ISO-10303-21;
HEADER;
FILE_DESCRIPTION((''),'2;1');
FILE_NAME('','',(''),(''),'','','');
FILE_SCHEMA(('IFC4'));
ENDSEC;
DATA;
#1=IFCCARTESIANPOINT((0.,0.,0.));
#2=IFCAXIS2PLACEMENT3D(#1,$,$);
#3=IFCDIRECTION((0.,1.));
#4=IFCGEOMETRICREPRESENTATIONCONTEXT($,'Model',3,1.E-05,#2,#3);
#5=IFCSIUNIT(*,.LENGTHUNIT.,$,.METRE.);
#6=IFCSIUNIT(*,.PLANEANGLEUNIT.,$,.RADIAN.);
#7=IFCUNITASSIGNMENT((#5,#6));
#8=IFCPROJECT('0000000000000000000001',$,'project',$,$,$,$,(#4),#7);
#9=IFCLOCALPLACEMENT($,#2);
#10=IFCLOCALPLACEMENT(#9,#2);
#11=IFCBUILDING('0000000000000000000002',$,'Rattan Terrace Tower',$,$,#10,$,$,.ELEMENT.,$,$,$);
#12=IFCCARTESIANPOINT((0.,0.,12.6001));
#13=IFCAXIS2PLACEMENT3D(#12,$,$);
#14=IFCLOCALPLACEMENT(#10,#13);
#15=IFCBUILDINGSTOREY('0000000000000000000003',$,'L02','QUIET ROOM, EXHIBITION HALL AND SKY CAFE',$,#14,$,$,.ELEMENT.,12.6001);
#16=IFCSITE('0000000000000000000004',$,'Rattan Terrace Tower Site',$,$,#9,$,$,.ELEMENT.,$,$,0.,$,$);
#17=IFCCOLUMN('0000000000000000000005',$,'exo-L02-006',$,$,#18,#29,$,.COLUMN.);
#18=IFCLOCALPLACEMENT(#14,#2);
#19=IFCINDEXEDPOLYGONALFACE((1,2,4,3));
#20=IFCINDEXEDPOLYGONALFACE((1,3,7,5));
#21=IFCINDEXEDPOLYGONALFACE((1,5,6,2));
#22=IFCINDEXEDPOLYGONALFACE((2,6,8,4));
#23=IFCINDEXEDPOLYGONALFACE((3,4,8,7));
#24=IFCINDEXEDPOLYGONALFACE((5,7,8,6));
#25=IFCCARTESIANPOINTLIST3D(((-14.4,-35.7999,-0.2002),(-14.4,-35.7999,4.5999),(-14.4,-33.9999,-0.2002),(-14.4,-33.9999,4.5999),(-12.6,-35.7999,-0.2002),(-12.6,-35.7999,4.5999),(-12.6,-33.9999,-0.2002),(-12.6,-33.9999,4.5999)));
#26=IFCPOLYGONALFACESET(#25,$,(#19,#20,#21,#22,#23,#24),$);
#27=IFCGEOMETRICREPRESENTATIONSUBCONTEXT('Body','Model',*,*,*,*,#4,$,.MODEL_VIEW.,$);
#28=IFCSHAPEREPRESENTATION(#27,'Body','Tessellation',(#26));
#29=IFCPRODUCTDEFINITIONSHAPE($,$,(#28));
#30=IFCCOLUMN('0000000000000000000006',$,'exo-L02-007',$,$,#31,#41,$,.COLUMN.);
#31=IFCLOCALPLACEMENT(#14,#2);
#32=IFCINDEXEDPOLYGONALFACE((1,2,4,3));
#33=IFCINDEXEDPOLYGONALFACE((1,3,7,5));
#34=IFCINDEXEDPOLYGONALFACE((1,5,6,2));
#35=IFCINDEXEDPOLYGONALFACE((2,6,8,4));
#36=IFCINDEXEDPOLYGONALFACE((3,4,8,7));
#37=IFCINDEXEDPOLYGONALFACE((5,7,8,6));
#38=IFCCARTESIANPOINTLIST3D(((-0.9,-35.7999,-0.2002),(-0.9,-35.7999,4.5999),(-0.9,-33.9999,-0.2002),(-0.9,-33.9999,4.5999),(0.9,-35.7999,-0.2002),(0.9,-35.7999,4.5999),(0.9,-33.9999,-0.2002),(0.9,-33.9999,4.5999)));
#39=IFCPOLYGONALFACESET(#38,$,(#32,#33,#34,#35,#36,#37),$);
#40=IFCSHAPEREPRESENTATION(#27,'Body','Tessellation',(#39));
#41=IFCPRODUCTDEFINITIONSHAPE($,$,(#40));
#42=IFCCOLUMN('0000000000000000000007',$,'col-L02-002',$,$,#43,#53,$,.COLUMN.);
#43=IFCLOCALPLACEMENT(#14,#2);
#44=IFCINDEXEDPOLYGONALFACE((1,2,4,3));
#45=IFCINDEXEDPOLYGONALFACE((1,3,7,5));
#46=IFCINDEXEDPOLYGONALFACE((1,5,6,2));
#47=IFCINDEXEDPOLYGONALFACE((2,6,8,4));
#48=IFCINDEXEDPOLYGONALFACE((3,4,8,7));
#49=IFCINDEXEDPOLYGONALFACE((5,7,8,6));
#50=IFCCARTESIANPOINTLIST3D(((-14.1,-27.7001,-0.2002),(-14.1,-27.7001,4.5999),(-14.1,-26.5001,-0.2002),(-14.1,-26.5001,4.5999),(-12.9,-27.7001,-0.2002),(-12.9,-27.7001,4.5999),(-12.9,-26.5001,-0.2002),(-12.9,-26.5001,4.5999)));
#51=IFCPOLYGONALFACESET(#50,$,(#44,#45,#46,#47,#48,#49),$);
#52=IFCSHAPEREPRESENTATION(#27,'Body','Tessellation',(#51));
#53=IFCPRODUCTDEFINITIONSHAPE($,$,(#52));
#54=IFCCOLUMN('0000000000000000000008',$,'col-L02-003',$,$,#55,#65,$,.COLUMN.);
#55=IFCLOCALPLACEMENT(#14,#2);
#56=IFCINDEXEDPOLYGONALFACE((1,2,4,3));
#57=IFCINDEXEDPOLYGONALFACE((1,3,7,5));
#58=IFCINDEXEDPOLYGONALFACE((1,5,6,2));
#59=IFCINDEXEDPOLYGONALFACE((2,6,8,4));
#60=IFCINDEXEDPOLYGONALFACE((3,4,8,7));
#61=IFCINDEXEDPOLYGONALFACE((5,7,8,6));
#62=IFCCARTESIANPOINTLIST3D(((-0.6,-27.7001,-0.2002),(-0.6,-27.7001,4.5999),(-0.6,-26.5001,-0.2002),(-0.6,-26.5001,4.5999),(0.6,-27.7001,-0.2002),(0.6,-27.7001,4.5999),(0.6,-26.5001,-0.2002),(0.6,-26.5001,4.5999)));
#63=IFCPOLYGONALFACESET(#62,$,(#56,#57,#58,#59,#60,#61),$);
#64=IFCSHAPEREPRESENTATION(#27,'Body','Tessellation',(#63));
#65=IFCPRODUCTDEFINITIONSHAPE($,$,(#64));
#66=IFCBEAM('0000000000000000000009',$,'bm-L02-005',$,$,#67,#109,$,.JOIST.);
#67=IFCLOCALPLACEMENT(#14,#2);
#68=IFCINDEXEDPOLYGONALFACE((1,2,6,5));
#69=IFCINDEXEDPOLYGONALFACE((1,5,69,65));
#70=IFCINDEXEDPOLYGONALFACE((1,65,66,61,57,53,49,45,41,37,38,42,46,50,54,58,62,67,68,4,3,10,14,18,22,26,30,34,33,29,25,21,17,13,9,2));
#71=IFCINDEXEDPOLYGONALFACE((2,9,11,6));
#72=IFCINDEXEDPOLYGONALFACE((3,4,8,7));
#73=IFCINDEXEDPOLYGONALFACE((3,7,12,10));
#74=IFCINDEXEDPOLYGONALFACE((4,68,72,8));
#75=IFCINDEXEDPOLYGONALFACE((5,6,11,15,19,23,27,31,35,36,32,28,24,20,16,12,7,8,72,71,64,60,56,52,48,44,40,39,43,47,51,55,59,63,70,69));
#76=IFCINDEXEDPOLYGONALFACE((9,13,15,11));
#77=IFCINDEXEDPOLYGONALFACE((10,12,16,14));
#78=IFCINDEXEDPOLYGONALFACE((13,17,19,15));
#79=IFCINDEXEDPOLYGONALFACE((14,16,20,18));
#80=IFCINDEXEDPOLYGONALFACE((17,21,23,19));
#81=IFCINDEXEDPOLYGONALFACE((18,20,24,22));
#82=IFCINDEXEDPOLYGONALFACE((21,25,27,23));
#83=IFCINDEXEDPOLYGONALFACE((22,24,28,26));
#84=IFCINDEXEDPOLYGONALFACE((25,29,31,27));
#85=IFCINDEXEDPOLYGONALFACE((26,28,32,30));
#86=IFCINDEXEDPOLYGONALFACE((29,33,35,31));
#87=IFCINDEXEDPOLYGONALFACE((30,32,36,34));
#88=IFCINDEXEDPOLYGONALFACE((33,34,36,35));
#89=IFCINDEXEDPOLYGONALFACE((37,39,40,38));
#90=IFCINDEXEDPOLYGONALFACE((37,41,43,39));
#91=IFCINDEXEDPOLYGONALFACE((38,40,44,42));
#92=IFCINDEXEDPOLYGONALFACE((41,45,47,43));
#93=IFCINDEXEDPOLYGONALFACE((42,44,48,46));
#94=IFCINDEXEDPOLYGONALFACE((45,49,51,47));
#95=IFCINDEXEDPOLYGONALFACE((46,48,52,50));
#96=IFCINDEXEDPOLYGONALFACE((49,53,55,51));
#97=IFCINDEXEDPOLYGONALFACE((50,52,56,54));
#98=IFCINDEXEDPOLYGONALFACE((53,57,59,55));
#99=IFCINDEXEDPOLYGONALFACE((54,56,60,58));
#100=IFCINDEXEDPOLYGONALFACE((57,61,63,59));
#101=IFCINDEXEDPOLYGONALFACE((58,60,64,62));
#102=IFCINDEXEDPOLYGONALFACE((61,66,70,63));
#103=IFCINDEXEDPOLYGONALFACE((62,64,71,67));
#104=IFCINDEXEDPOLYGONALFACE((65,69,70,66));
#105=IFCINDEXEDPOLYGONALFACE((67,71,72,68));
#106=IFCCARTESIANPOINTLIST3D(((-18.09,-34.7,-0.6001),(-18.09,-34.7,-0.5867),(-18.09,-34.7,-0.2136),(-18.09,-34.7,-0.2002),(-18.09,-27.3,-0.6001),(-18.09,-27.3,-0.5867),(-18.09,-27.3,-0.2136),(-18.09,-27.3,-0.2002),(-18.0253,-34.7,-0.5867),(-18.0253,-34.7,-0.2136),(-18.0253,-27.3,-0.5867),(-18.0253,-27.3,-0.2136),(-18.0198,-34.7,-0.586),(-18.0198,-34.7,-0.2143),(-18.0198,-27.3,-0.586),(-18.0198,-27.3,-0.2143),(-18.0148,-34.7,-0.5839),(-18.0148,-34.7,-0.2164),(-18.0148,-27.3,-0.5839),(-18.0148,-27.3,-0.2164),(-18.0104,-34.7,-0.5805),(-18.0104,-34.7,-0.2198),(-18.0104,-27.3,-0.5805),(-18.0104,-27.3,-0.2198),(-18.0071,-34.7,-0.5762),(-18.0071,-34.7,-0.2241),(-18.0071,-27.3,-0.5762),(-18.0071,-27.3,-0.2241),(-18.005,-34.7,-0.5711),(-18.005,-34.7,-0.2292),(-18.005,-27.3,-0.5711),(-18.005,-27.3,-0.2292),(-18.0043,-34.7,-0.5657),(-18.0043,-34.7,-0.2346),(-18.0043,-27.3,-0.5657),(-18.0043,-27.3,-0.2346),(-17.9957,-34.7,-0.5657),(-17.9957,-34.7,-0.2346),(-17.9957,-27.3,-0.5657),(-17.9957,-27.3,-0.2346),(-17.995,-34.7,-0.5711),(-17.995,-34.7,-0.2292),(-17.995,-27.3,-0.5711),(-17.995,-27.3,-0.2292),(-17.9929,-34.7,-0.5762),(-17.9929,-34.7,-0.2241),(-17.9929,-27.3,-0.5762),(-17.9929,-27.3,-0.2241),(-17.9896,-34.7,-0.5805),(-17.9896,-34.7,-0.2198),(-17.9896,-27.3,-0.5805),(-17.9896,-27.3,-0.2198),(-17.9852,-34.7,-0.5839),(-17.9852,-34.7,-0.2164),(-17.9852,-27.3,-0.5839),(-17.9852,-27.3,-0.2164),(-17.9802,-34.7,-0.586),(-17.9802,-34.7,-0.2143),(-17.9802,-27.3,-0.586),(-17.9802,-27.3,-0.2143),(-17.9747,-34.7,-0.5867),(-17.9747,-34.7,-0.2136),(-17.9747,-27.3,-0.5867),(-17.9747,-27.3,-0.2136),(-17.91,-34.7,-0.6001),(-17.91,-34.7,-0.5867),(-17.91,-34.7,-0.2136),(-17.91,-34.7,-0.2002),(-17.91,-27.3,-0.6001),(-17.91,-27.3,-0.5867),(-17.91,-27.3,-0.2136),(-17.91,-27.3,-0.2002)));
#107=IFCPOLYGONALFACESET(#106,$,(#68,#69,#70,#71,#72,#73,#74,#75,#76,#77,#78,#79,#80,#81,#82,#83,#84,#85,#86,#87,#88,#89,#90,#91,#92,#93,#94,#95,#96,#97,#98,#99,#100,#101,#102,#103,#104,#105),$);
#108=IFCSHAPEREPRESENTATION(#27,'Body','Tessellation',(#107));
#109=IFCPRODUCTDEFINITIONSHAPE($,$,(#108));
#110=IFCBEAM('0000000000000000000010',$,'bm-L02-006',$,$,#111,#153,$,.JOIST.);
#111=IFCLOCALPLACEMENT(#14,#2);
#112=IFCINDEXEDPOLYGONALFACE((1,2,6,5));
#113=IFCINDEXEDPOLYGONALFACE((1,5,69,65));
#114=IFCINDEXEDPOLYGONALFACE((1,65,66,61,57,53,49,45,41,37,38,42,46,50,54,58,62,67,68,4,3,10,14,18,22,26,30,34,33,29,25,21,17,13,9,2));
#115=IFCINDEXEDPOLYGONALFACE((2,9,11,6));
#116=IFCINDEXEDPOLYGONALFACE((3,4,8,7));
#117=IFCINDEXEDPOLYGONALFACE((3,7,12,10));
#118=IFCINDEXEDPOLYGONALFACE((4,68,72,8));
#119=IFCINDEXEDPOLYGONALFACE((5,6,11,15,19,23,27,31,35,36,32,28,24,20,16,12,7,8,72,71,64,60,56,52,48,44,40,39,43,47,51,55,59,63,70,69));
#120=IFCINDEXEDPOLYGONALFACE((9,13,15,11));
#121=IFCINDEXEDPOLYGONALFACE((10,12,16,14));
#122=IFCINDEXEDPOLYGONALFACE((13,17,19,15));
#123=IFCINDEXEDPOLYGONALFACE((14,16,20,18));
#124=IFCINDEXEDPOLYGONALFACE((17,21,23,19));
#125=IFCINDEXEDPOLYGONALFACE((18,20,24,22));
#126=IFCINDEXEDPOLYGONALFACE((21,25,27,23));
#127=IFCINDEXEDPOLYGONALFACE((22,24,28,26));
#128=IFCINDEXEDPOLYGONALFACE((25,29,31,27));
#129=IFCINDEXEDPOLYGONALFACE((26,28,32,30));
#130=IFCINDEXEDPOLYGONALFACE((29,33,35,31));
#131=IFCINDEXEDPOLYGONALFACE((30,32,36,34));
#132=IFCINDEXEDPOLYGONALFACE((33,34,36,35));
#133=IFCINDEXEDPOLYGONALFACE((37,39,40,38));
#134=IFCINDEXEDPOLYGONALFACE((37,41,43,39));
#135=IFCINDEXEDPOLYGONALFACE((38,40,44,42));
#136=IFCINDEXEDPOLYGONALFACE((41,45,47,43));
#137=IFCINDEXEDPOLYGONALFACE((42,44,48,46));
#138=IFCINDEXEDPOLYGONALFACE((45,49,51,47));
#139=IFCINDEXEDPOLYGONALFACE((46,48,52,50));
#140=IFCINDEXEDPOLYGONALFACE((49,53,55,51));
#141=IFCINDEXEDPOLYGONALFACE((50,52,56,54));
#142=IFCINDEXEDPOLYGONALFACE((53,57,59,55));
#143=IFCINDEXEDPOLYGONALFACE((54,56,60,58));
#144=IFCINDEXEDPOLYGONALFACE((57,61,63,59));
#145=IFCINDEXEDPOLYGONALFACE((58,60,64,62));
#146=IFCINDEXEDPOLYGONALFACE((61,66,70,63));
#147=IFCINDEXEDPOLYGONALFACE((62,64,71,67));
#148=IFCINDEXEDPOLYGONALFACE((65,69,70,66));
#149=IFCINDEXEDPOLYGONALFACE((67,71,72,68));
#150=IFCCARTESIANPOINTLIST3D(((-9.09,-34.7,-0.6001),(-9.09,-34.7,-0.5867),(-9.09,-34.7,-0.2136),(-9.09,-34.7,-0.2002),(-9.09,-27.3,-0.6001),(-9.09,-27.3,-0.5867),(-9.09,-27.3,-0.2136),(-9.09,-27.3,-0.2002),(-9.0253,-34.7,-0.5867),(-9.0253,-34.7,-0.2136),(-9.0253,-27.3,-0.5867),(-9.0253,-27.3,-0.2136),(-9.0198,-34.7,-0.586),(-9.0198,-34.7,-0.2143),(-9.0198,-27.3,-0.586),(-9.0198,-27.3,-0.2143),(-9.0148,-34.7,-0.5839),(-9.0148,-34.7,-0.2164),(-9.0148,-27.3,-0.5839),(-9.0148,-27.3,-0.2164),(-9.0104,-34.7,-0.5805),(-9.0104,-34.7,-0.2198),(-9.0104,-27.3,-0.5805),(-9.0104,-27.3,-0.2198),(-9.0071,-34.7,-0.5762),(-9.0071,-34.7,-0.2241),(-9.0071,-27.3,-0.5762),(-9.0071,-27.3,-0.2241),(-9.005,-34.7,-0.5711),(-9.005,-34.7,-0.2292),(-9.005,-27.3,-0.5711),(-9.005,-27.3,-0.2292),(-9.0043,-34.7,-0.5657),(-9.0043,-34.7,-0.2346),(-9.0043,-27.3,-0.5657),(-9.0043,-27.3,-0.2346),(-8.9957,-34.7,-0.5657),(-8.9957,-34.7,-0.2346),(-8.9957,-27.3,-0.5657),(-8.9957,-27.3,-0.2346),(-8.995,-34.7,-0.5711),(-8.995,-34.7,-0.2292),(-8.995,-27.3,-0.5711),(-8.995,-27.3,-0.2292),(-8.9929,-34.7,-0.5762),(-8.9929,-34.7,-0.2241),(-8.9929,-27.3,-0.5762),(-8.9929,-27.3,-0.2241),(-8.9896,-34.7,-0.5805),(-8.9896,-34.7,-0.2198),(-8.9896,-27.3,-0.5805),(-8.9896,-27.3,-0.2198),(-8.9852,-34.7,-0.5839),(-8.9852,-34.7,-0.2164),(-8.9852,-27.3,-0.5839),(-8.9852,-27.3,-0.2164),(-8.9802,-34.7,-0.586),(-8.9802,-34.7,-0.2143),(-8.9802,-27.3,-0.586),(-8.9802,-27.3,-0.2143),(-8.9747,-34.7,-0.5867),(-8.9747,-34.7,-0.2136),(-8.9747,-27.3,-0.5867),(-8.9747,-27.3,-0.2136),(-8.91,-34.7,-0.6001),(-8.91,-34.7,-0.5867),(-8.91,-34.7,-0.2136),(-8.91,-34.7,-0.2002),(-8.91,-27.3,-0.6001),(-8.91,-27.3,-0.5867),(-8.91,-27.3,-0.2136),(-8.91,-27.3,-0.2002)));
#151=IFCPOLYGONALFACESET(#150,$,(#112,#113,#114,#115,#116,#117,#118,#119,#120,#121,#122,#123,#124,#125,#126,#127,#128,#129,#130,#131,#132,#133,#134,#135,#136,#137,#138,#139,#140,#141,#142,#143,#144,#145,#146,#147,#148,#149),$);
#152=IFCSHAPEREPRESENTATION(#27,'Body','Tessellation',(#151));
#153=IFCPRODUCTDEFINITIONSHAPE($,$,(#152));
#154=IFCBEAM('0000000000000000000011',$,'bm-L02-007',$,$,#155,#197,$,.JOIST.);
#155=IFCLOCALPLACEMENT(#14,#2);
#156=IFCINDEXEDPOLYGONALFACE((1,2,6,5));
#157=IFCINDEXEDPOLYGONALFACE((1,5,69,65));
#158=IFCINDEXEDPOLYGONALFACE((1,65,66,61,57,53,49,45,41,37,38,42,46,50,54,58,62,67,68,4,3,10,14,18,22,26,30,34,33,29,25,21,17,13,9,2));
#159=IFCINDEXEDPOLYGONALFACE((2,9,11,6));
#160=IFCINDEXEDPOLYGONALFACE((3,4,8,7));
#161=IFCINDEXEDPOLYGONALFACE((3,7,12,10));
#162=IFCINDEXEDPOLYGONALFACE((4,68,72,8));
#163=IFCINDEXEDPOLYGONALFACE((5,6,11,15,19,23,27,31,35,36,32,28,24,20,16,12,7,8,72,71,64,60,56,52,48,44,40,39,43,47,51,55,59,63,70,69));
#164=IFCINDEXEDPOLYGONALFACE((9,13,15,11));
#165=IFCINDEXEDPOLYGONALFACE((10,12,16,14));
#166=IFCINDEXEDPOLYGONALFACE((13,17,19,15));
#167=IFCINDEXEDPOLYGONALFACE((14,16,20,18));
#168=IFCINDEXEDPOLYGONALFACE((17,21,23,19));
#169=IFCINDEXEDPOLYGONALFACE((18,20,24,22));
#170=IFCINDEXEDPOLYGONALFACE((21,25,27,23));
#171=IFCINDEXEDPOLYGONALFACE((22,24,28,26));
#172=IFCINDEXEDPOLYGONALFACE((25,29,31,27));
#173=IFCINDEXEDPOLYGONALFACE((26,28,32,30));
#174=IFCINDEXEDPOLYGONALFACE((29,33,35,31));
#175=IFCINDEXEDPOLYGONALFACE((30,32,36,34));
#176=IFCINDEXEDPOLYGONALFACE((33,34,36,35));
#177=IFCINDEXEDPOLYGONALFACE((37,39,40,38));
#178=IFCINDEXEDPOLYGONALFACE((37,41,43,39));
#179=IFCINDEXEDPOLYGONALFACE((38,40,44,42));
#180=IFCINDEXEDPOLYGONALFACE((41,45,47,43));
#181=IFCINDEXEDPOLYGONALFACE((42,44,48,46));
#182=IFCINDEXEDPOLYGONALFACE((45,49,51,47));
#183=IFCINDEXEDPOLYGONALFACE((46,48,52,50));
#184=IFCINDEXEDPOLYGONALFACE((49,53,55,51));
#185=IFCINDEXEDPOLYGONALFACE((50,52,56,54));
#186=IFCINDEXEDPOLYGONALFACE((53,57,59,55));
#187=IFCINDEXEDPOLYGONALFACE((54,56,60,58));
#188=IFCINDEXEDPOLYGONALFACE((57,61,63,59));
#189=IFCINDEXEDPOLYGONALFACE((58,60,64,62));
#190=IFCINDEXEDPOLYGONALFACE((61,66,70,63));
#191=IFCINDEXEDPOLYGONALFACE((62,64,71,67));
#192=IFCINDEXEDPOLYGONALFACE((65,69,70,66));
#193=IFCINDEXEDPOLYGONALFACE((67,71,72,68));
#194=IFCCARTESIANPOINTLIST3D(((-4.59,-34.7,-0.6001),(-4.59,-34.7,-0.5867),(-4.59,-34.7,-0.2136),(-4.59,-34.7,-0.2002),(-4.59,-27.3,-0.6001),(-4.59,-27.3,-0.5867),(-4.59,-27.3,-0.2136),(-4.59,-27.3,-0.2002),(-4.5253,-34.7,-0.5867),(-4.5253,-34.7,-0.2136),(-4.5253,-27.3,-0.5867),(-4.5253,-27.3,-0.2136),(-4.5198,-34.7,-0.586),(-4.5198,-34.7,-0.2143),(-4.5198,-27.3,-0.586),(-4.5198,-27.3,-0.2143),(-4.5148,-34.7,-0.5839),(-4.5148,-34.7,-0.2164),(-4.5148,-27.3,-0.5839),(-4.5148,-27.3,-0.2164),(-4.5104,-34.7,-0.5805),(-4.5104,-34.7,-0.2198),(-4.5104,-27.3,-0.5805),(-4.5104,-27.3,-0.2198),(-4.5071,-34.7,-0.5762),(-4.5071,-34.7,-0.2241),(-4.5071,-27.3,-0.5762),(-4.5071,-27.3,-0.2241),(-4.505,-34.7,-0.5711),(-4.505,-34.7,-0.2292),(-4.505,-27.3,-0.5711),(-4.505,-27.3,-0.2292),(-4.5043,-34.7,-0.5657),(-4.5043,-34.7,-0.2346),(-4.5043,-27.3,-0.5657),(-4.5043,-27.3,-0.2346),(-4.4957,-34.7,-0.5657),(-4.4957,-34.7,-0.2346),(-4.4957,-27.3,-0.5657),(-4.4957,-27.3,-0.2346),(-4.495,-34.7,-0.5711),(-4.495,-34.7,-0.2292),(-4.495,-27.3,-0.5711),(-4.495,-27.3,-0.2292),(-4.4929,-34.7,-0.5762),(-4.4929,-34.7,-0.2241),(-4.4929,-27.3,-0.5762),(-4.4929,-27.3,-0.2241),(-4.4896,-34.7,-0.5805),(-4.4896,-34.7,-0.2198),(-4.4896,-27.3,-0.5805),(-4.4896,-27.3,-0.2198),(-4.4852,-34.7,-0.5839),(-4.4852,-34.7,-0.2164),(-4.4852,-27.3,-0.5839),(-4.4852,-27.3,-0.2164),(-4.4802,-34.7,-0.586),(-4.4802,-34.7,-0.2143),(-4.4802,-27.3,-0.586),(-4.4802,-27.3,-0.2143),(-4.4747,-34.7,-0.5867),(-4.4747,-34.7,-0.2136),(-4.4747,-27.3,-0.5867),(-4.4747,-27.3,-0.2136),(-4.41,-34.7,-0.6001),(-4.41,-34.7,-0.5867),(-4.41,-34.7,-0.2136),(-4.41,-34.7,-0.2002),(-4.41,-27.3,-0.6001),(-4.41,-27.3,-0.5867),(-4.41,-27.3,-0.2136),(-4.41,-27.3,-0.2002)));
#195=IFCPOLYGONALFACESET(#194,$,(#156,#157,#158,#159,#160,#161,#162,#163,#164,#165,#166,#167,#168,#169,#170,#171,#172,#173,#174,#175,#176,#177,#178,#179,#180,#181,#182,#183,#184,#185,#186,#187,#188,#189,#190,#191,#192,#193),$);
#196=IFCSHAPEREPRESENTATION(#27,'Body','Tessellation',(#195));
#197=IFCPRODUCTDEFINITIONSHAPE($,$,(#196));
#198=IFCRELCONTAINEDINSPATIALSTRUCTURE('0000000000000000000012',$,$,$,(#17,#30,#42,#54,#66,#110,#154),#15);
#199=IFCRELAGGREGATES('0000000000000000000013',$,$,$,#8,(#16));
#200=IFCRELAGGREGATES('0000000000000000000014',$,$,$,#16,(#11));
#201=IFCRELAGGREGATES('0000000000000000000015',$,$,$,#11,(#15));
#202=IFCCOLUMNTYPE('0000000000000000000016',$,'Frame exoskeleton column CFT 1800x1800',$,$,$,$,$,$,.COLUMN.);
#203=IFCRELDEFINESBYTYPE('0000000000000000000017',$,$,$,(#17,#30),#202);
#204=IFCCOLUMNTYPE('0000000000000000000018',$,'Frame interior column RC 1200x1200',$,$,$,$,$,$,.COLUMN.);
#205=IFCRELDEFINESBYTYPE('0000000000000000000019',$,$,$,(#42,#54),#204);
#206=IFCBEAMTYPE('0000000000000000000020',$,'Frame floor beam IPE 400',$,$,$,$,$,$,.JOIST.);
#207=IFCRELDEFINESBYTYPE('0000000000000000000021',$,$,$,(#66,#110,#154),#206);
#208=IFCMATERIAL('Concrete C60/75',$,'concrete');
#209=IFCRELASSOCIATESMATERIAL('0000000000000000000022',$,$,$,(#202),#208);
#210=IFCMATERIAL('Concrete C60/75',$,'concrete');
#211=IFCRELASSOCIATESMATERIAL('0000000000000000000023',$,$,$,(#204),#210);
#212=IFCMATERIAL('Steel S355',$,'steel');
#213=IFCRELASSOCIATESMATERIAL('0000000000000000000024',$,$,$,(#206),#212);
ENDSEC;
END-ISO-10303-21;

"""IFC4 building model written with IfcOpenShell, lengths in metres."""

from ifc_helpers import new_model, si_unit, direction, frame, origin, origin_2d, place, context, subcontext, project, spatial, rectangle, i_section, extrude, material, material_profile, profile_set, type_object, element, save


model = new_model("IFC4")

# Units and contexts
model_context = context("Model", 3, precision=1e-05, world=origin(), true_north=direction((0.0, 1.0)))
body_context = subcontext(model_context, "Body", "Model", "MODEL_VIEW")
ifc_project = project(units=[si_unit("LENGTHUNIT", "METRE"), si_unit("PLANEANGLEUNIT", "RADIAN")], contexts=[model_context])

# Site, building, storey
site_placement = place(None, origin())
site = spatial("IfcSite", under=ifc_project, at=site_placement, Name="Rattan Terrace Tower Site", CompositionType="ELEMENT", RefElevation=0.0)
building_placement = place(site_placement, origin())
building = spatial("IfcBuilding", under=site, at=building_placement, Name="Rattan Terrace Tower", CompositionType="ELEMENT")
storey_placement = place(building_placement, frame((0.0, 0.0, 12.6001)))
storey = spatial("IfcBuildingStorey", under=building, at=storey_placement, Name="L02", Description="QUIET ROOM, EXHIBITION HALL AND SKY CAFE", CompositionType="ELEMENT", Elevation=12.6001)

# Columns
ifc_material_1 = material(Name="Concrete C60/75", Category="concrete")
ifc_material_profile_1 = material_profile(ifc_material_1, rectangle(XDim=1.8, YDim=1.8, at=origin_2d()), Name="CFT 1800x1800")
ifc_profile_set_1 = profile_set([ifc_material_profile_1], Name="Concrete C60/75")
column_type_1 = type_object("IfcColumnType", Name="Frame exoskeleton column CFT 1800x1800", PredefinedType="COLUMN", material=ifc_profile_set_1)
for number, where, z_axis, x_axis, name in (
    (1, (-13.5, -34.8999, -0.2002), (0.0, 0.0, 1.0), (1.0, 0.0, 0.0), "exo-L02-006"),
    (2, (0.0, -34.8999, -0.2002), (0.0, 0.0, 1.0), (1.0, 0.0, 0.0), "exo-L02-007"),
):
    element("IfcColumn", number, at=place(storey_placement, frame(where, z_axis=z_axis, x_axis=x_axis)), inside=storey, type_object=column_type_1, Name=name, PredefinedType="COLUMN", context=body_context, shape_type="SweptSolid", body=[
        extrude(rectangle(XDim=1.8, YDim=1.8, at=origin_2d()), origin(), (0.0, 0.0, 1.0), 4.8),
    ])
ifc_material_2 = material(Name="Concrete C60/75", Category="concrete")
ifc_material_profile_2 = material_profile(ifc_material_2, rectangle(XDim=1.2, YDim=1.2, at=origin_2d()), Name="RC 1200x1200")
ifc_profile_set_2 = profile_set([ifc_material_profile_2], Name="Concrete C60/75")
column_type_2 = type_object("IfcColumnType", Name="Frame interior column RC 1200x1200", PredefinedType="COLUMN", material=ifc_profile_set_2)
for number, where, z_axis, x_axis, name in (
    (3, (-13.5, -27.1001, -0.2002), (0.0, 0.0, 1.0), (1.0, 0.0, 0.0), "col-L02-002"),
    (4, (0.0, -27.1001, -0.2002), (0.0, 0.0, 1.0), (1.0, 0.0, 0.0), "col-L02-003"),
):
    element("IfcColumn", number, at=place(storey_placement, frame(where, z_axis=z_axis, x_axis=x_axis)), inside=storey, type_object=column_type_2, Name=name, PredefinedType="COLUMN", context=body_context, shape_type="SweptSolid", body=[
        extrude(rectangle(XDim=1.2, YDim=1.2, at=origin_2d()), origin(), (0.0, 0.0, 1.0), 4.8),
    ])

# Beams
ifc_material_3 = material(Name="Steel S355", Category="steel")
ifc_material_profile_3 = material_profile(ifc_material_3, i_section(OverallWidth=0.1799, OverallDepth=0.3999, WebThickness=0.0085, FlangeThickness=0.0134, FilletRadius=0.021, at=origin_2d()), Name="IPE 400")
ifc_profile_set_3 = profile_set([ifc_material_profile_3], Name="Steel S355")
beam_type_1 = type_object("IfcBeamType", Name="Frame floor beam IPE 400", PredefinedType="JOIST", material=ifc_profile_set_3)
for number, where, z_axis, x_axis, name in (
    (5, (-18.0, -34.7, -0.4001), (0.0, 1.0, 0.0), (-1.0, 0.0, 0.0), "bm-L02-005"),
    (6, (-9.0, -34.7, -0.4001), (0.0, 1.0, 0.0), (-1.0, 0.0, 0.0), "bm-L02-006"),
    (7, (-4.5, -34.7, -0.4001), (0.0, 1.0, 0.0), (-1.0, 0.0, 0.0), "bm-L02-007"),
):
    element("IfcBeam", number, at=place(storey_placement, frame(where, z_axis=z_axis, x_axis=x_axis)), inside=storey, type_object=beam_type_1, Name=name, PredefinedType="JOIST", context=body_context, shape_type="SweptSolid", body=[
        extrude(i_section(OverallWidth=0.1799, OverallDepth=0.3999, WebThickness=0.0085, FlangeThickness=0.0134, FilletRadius=0.021, at=origin_2d()), origin(), (0.0, 0.0, 1.0), 7.3999),
    ])

save(model, "model.ifc")
